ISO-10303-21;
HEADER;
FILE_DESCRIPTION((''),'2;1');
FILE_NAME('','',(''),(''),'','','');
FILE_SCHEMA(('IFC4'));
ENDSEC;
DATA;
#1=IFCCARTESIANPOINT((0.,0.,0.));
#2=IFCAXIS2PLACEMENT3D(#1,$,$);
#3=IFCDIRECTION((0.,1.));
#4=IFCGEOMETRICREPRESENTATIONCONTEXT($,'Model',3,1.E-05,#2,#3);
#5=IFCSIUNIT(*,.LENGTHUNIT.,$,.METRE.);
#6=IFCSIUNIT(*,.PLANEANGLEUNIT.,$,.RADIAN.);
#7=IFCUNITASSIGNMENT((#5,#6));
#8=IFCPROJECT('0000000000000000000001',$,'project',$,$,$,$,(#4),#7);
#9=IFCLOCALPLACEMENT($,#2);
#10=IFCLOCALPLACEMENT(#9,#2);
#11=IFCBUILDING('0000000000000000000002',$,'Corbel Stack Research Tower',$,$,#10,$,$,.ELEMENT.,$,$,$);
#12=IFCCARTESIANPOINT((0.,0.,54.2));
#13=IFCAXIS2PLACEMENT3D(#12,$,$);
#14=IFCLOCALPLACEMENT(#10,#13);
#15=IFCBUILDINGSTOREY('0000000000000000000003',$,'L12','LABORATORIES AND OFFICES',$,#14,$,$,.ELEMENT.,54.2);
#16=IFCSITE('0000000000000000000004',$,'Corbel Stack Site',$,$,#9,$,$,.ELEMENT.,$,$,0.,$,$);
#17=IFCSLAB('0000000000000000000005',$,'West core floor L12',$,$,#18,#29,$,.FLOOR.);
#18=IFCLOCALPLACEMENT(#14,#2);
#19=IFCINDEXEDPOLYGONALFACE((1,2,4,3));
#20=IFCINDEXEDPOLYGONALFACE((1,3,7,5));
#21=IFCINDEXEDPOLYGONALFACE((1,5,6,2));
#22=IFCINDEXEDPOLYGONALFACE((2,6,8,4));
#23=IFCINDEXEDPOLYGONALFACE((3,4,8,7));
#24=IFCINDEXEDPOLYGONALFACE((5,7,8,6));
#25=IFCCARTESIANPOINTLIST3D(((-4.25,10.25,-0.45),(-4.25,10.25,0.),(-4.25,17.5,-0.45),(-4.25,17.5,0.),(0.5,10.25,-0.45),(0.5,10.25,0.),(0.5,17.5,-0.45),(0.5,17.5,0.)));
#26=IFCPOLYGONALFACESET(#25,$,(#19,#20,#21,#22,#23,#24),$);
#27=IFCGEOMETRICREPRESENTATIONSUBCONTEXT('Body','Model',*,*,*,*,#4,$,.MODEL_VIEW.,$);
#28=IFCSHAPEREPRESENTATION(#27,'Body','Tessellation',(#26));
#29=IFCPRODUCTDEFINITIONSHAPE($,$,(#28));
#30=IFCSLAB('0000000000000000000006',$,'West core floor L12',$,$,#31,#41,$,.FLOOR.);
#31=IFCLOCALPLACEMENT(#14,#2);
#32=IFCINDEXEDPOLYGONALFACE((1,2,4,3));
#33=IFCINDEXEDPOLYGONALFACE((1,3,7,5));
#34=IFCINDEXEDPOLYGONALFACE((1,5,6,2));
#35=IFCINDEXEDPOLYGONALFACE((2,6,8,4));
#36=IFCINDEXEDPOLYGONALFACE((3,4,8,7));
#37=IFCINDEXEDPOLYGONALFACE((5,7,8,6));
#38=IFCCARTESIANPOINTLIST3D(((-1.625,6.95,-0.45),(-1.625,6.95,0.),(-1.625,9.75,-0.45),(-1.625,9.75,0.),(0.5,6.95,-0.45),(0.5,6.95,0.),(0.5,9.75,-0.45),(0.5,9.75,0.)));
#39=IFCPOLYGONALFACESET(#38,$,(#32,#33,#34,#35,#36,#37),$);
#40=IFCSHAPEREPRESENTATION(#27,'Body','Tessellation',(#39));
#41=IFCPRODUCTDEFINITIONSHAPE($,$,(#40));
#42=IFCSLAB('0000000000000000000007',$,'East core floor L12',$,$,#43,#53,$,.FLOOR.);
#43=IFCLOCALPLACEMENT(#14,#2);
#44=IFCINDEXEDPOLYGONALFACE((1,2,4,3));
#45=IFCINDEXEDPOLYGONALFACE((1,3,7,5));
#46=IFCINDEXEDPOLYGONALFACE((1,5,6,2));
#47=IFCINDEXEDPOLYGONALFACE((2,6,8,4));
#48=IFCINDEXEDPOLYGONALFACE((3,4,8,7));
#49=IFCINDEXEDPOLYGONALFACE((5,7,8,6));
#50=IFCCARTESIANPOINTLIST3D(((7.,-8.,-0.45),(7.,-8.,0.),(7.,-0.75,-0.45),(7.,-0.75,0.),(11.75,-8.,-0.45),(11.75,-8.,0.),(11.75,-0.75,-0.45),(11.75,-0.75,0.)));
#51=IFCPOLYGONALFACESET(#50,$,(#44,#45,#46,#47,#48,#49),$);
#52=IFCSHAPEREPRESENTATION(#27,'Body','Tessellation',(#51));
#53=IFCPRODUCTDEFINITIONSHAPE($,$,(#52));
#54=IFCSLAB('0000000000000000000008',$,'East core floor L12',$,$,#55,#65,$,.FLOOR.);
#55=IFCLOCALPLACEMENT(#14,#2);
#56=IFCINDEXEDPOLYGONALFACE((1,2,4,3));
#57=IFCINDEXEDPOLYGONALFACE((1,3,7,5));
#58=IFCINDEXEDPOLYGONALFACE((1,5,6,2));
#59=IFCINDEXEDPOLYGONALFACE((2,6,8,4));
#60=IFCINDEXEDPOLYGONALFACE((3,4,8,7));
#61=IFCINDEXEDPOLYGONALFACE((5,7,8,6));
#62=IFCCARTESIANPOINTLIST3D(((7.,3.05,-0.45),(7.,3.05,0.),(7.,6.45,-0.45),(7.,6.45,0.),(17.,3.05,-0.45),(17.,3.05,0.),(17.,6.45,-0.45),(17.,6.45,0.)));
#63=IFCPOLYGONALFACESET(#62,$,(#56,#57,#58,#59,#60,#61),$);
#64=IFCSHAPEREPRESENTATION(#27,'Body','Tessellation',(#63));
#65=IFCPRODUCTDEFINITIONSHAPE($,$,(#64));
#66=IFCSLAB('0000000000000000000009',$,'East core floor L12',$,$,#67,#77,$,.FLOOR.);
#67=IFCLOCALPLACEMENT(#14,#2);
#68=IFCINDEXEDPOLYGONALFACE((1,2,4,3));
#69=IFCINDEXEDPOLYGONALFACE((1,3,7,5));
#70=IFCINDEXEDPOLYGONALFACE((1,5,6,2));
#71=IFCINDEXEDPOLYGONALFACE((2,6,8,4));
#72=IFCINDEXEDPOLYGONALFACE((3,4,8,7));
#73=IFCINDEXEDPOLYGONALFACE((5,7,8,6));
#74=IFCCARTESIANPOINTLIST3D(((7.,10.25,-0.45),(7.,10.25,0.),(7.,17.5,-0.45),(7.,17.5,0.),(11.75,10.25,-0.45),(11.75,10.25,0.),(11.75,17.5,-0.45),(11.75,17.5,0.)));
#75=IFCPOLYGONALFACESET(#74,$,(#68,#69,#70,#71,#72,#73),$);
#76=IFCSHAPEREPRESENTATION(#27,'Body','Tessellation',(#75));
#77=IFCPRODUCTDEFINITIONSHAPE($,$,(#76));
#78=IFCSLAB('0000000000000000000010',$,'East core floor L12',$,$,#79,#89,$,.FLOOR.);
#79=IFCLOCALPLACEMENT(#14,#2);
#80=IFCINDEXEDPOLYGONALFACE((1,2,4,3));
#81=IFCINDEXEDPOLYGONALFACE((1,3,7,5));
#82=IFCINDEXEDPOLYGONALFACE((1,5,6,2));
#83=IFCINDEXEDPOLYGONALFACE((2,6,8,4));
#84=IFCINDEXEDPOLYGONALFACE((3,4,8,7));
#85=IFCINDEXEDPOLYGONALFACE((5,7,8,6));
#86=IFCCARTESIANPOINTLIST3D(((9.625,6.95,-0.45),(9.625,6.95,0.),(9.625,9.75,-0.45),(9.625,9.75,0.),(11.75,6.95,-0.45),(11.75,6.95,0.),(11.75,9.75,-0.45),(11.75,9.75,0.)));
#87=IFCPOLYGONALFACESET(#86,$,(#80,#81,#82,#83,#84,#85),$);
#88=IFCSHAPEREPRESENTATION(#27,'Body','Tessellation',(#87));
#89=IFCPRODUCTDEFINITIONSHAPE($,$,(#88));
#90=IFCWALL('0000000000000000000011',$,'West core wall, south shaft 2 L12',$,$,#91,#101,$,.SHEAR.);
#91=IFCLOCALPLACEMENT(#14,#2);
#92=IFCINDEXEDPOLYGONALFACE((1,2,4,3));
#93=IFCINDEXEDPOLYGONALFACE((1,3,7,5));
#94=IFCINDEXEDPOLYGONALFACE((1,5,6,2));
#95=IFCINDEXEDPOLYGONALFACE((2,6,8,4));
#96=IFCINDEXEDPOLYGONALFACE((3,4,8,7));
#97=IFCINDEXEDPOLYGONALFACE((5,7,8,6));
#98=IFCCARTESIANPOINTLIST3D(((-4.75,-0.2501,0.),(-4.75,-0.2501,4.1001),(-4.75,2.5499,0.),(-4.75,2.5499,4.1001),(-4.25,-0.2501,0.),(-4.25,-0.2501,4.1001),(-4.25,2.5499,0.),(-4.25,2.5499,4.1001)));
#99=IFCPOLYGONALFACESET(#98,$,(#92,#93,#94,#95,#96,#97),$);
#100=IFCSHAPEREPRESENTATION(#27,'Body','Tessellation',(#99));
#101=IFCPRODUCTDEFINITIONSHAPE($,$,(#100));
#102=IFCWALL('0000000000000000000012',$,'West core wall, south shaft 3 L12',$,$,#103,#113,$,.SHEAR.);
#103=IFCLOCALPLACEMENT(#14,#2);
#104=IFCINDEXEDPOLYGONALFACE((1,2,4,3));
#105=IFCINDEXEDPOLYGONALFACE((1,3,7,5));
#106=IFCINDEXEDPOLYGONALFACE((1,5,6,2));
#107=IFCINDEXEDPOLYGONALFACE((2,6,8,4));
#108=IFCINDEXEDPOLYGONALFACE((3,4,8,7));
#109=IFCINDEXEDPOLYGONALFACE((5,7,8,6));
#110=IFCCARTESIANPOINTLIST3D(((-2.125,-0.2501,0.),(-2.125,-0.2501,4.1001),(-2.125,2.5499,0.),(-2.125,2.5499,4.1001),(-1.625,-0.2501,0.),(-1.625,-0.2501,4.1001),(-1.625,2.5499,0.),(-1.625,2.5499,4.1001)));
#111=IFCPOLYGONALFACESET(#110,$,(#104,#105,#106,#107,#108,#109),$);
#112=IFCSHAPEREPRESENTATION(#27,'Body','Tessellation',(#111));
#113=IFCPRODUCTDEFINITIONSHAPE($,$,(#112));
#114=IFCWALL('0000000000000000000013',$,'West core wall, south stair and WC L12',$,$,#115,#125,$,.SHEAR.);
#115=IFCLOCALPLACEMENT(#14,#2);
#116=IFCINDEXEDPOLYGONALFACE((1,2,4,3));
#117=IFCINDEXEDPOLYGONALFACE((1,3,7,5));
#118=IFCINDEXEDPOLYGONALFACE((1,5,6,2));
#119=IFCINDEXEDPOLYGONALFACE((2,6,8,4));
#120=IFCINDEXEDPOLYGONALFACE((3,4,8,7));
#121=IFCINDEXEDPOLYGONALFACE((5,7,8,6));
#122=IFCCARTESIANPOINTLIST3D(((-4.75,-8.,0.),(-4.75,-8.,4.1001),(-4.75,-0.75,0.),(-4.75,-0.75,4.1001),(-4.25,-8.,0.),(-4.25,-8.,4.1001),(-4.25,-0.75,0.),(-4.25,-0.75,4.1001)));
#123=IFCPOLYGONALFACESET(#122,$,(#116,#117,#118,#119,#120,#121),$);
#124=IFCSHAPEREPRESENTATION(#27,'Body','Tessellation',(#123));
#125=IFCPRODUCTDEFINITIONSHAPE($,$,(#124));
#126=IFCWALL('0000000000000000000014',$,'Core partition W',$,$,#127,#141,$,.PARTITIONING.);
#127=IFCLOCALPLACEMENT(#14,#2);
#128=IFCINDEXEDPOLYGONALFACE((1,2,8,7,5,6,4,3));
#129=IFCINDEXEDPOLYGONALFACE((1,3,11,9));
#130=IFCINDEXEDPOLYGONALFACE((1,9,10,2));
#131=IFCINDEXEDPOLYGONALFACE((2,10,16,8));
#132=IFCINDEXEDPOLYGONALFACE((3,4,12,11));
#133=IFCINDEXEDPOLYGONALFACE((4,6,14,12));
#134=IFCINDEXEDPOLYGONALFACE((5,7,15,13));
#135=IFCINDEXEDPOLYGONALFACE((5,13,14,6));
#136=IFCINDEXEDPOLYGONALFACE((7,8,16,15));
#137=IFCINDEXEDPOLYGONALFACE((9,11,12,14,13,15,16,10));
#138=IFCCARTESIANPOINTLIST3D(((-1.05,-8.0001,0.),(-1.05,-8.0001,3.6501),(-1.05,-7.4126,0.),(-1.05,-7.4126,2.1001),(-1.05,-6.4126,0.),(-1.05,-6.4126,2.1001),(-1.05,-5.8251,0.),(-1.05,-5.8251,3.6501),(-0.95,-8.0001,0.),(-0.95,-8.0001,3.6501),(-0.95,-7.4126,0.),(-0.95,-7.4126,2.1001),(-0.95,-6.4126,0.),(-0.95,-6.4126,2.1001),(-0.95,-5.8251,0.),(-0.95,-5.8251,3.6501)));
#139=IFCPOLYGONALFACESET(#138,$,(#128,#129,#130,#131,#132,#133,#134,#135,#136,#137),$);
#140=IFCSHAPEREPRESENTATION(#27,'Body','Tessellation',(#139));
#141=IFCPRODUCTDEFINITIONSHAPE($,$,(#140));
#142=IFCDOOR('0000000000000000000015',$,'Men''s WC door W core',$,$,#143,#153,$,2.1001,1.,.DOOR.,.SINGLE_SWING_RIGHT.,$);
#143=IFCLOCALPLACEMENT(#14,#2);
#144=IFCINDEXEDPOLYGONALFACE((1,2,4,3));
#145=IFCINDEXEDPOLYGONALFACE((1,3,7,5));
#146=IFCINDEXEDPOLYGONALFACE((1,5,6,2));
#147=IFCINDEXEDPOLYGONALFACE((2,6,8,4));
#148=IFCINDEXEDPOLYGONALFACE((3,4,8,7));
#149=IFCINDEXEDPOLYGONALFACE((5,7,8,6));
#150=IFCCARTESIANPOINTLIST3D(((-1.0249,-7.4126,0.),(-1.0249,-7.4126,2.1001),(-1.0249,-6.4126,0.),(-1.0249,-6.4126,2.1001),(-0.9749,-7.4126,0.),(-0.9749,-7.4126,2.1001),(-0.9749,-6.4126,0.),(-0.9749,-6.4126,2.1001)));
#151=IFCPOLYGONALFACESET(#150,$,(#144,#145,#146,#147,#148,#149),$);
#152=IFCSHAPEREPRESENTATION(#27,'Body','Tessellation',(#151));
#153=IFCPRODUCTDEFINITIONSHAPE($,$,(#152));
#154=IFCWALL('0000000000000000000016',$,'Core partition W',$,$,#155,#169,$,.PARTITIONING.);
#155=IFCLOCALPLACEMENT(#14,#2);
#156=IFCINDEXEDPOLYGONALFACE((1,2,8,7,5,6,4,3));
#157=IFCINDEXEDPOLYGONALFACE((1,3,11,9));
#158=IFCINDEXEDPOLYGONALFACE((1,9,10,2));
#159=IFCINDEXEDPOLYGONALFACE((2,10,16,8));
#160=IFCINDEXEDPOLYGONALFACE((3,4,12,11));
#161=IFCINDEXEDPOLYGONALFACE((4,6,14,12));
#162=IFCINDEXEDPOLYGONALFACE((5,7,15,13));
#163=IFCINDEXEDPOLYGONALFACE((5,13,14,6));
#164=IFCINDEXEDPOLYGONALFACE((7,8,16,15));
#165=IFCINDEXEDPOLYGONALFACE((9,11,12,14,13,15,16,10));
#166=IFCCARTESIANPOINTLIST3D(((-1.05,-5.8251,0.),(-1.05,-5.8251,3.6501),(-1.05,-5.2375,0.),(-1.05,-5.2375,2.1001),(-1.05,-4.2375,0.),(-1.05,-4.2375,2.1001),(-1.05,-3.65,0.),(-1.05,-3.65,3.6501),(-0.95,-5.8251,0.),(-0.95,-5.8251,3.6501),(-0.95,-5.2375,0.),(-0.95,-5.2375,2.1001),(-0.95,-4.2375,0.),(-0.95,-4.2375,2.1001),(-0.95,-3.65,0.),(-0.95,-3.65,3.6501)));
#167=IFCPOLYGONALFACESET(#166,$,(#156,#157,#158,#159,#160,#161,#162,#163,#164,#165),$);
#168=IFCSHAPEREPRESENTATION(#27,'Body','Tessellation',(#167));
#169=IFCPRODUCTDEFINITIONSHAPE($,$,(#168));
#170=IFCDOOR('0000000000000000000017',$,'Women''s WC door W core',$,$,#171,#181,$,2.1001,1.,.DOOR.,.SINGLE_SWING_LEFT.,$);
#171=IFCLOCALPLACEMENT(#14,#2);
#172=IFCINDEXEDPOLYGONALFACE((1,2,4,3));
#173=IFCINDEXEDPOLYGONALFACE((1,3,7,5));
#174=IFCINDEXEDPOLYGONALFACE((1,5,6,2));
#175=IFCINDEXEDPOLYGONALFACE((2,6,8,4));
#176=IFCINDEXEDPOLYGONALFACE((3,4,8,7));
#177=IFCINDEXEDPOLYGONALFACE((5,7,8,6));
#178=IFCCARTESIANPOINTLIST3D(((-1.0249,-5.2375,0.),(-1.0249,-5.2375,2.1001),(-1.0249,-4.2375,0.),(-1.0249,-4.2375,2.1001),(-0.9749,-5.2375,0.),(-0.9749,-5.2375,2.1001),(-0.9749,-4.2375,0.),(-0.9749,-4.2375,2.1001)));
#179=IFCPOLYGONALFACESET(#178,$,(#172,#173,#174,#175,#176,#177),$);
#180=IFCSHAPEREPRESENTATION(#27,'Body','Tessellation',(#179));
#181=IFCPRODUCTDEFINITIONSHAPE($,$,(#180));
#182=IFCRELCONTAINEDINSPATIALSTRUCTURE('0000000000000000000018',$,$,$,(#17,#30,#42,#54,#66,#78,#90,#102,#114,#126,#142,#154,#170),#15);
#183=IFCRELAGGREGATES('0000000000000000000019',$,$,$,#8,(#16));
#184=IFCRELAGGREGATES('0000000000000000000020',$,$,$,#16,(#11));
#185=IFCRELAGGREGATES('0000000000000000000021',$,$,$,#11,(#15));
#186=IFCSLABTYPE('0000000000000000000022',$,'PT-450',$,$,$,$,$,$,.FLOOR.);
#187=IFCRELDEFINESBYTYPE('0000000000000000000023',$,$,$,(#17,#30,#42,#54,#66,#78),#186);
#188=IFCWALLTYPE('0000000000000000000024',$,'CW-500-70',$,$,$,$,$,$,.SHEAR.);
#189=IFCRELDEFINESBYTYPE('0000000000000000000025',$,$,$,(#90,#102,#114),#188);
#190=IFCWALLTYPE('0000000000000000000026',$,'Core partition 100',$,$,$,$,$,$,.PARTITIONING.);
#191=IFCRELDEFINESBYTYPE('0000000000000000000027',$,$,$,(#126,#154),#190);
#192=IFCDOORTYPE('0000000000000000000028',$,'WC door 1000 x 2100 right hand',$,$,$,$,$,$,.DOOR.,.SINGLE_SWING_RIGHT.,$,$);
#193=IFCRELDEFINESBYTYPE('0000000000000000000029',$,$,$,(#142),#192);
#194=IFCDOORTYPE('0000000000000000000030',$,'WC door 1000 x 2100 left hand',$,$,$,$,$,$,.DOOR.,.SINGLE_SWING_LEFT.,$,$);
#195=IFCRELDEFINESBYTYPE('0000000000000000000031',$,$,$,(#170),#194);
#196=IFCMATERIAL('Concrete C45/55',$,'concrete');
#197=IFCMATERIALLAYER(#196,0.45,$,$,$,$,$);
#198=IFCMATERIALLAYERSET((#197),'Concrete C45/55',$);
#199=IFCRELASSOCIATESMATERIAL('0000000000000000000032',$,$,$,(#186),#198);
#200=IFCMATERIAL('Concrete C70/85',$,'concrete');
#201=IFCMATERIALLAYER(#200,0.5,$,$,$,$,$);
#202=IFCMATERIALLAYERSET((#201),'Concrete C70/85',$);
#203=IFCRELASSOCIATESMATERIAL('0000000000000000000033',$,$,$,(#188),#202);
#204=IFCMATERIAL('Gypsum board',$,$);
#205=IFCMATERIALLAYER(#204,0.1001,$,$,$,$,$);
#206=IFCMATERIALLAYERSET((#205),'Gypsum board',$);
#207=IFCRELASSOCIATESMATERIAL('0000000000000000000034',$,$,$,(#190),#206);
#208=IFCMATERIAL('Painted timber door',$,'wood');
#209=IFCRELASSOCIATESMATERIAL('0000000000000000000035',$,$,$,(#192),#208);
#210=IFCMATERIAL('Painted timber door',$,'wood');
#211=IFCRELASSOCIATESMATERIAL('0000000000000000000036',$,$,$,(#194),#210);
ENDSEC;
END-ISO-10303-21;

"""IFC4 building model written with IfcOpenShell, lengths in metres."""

from ifc_helpers import new_model, si_unit, direction, frame, frame_2d, origin, place, context, subcontext, project, spatial, polyline, rectangle, outline, extrude, material, layer, layer_set, type_object, element, fill, save


model = new_model("IFC4")

# Units and contexts
model_context = context("Model", 3, precision=1e-05, world=origin(), true_north=direction((0.0, 1.0)))
body_context = subcontext(model_context, "Body", "Model", "MODEL_VIEW")
ifc_project = project(units=[si_unit("LENGTHUNIT", "METRE"), si_unit("PLANEANGLEUNIT", "RADIAN")], contexts=[model_context])

# Site, building, storey
site_placement = place(None, origin())
site = spatial("IfcSite", under=ifc_project, at=site_placement, Name="Corbel Stack Site", CompositionType="ELEMENT", RefElevation=0.0)
building_placement = place(site_placement, origin())
building = spatial("IfcBuilding", under=site, at=building_placement, Name="Corbel Stack Research Tower", CompositionType="ELEMENT")
storey_placement = place(building_placement, frame((0.0, 0.0, 54.2)))
storey = spatial("IfcBuildingStorey", under=building, at=storey_placement, Name="L12", Description="LABORATORIES AND OFFICES", CompositionType="ELEMENT", Elevation=54.2)

# Slabs
ifc_material_1 = material(Name="Concrete C45/55", Category="concrete")
ifc_layer_1 = layer(ifc_material_1, 0.45)
ifc_layer_set_1 = layer_set([ifc_layer_1], Name="Concrete C45/55")
slab_type = type_object("IfcSlabType", Name="PT-450", PredefinedType="FLOOR", material=ifc_layer_set_1)
slab_1_placement = place(storey_placement, frame((0.0, 0.0, -0.45)))
element("IfcSlab", 1, at=slab_1_placement, inside=storey, type_object=slab_type, Name="West core floor L12", PredefinedType="FLOOR", context=body_context, shape_type="SweptSolid", body=[
    extrude(outline(polyline([(-4.25, 17.5), (-4.25, 10.25), (0.5, 10.25), (0.5, 17.5), (-4.25, 17.5)])), origin(), (0.0, 0.0, 1.0), 0.45),
])
slab_2_placement = place(storey_placement, frame((0.0, 0.0, -0.45)))
element("IfcSlab", 2, at=slab_2_placement, inside=storey, type_object=slab_type, Name="West core floor L12", PredefinedType="FLOOR", context=body_context, shape_type="SweptSolid", body=[
    extrude(outline(polyline([(0.5, 6.95), (0.5, 9.75), (-1.625, 9.75), (-1.625, 6.95), (0.5, 6.95)])), origin(), (0.0, 0.0, 1.0), 0.45),
])
slab_3_placement = place(storey_placement, frame((0.0, 0.0, -0.45)))
element("IfcSlab", 3, at=slab_3_placement, inside=storey, type_object=slab_type, Name="East core floor L12", PredefinedType="FLOOR", context=body_context, shape_type="SweptSolid", body=[
    extrude(outline(polyline([(7.0, -0.75), (7.0, -8.0), (11.75, -8.0), (11.75, -0.75), (7.0, -0.75)])), origin(), (0.0, 0.0, 1.0), 0.45),
])
slab_4_placement = place(storey_placement, frame((0.0, 0.0, -0.45)))
element("IfcSlab", 4, at=slab_4_placement, inside=storey, type_object=slab_type, Name="East core floor L12", PredefinedType="FLOOR", context=body_context, shape_type="SweptSolid", body=[
    extrude(outline(polyline([(7.0, 6.45), (7.0, 3.05), (17.0, 3.05), (17.0, 6.45), (7.0, 6.45)])), origin(), (0.0, 0.0, 1.0), 0.45),
])
slab_5_placement = place(storey_placement, frame((0.0, 0.0, -0.45)))
element("IfcSlab", 5, at=slab_5_placement, inside=storey, type_object=slab_type, Name="East core floor L12", PredefinedType="FLOOR", context=body_context, shape_type="SweptSolid", body=[
    extrude(outline(polyline([(7.0, 17.5), (7.0, 10.25), (11.75, 10.25), (11.75, 17.5), (7.0, 17.5)])), origin(), (0.0, 0.0, 1.0), 0.45),
])
slab_6_placement = place(storey_placement, frame((0.0, 0.0, -0.45)))
element("IfcSlab", 6, at=slab_6_placement, inside=storey, type_object=slab_type, Name="East core floor L12", PredefinedType="FLOOR", context=body_context, shape_type="SweptSolid", body=[
    extrude(outline(polyline([(9.625, 6.95), (11.75, 6.95), (11.75, 9.75), (9.625, 9.75), (9.625, 6.95)])), origin(), (0.0, 0.0, 1.0), 0.45),
])

# Walls
ifc_material_2 = material(Name="Concrete C70/85", Category="concrete")
ifc_layer_2 = layer(ifc_material_2, 0.5)
ifc_layer_set_2 = layer_set([ifc_layer_2], Name="Concrete C70/85")
wall_type_1 = type_object("IfcWallType", Name="CW-500-70", PredefinedType="SHEAR", material=ifc_layer_set_2)
for number, where, z_axis, x_axis, name in (
    (7, (-4.5, -0.25, 0.0), (0.0, 0.0, 1.0), (0.0, 1.0, 0.0), "West core wall, south shaft 2 L12"),
    (8, (-1.875, -0.25, 0.0), (0.0, 0.0, 1.0), (0.0, 1.0, 0.0), "West core wall, south shaft 3 L12"),
):
    element("IfcWall", number, at=place(storey_placement, frame(where, z_axis=z_axis, x_axis=x_axis)), inside=storey, type_object=wall_type_1, Name=name, PredefinedType="SHEAR", context=body_context, shape_type="SweptSolid", body=[
        extrude(rectangle(XDim=2.8, YDim=0.5, at=frame_2d((1.3999, 0.0))), origin(), (0.0, 0.0, 1.0), 4.1001),
    ])
wall_1_placement = place(storey_placement, frame((-4.5, -8.0, 0.0), z_axis=(0.0, 0.0, 1.0), x_axis=(0.0, 1.0, 0.0)))
element("IfcWall", 9, at=wall_1_placement, inside=storey, type_object=wall_type_1, Name="West core wall, south stair and WC L12", PredefinedType="SHEAR", context=body_context, shape_type="SweptSolid", body=[
    extrude(rectangle(XDim=7.25, YDim=0.5, at=frame_2d((3.625, 0.0))), origin(), (0.0, 0.0, 1.0), 4.1001),
])

# Walls, openings, doors
ifc_material_3 = material(Name="Gypsum board")
ifc_layer_3 = layer(ifc_material_3, 0.1001)
ifc_layer_set_3 = layer_set([ifc_layer_3], Name="Gypsum board")
wall_type_2 = type_object("IfcWallType", Name="Core partition 100", PredefinedType="PARTITIONING", material=ifc_layer_set_3)
wall_2_placement = place(storey_placement, frame((-1.0, -8.0, 0.0), z_axis=(0.0, 0.0, 1.0), x_axis=(0.0, 1.0, 0.0)))
wall_2 = element("IfcWall", 10, at=wall_2_placement, inside=storey, type_object=wall_type_2, Name="Core partition W", PredefinedType="PARTITIONING", context=body_context, shape_type="SweptSolid", body=[
    extrude(rectangle(XDim=2.175, YDim=0.1001, at=frame_2d((1.0874, 0.0))), origin(), (0.0, 0.0, 1.0), 3.6501),
])
opening_1_placement = place(wall_2_placement, frame((0.5874, 0.0, 0.0)))
opening_1 = element("IfcOpeningElement", 11, at=opening_1_placement, cuts=wall_2, PredefinedType="OPENING", context=body_context, shape_type="SweptSolid", body=[
    extrude(rectangle(XDim=1.0, YDim=2.1001, at=frame_2d((0.5, 1.05))), frame((0.0, 0.0601, 0.0), z_axis=(0.0, -1.0, 0.0), x_axis=(1.0, 0.0, 0.0)), (0.0, 0.0, 1.0), 0.1201),
])
ifc_material_4 = material(Name="Painted timber door", Category="wood")
door_type_1 = type_object("IfcDoorType", Name="WC door 1000 x 2100 right hand", OperationType="SINGLE_SWING_RIGHT", PredefinedType="DOOR", material=ifc_material_4)
door_1_placement = place(opening_1_placement, origin())
door_1 = element("IfcDoor", 12, at=door_1_placement, inside=storey, type_object=door_type_1, Name="Men's WC door W core", OperationType="SINGLE_SWING_RIGHT", OverallHeight=2.1001, OverallWidth=1.0, PredefinedType="DOOR", context=body_context, shape_type="SweptSolid", body=[
    extrude(rectangle(XDim=1.0, YDim=2.1001, at=frame_2d((0.5, 1.05))), frame((0.0, 0.0249, 0.0), z_axis=(0.0, -1.0, 0.0), x_axis=(1.0, 0.0, 0.0)), (0.0, 0.0, 1.0), 0.05),
])
fill(opening_1, door_1)
wall_3_placement = place(storey_placement, frame((-1.0, -5.825, 0.0), z_axis=(0.0, 0.0, 1.0), x_axis=(0.0, 1.0, 0.0)))
wall_3 = element("IfcWall", 13, at=wall_3_placement, inside=storey, type_object=wall_type_2, Name="Core partition W", PredefinedType="PARTITIONING", context=body_context, shape_type="SweptSolid", body=[
    extrude(rectangle(XDim=2.175, YDim=0.1001, at=frame_2d((1.0874, 0.0))), origin(), (0.0, 0.0, 1.0), 3.6501),
])
opening_2_placement = place(wall_3_placement, frame((0.5874, 0.0, 0.0)))
opening_2 = element("IfcOpeningElement", 14, at=opening_2_placement, cuts=wall_3, PredefinedType="OPENING", context=body_context, shape_type="SweptSolid", body=[
    extrude(rectangle(XDim=1.0, YDim=2.1001, at=frame_2d((0.5, 1.05))), frame((0.0, 0.0601, 0.0), z_axis=(0.0, -1.0, 0.0), x_axis=(1.0, 0.0, 0.0)), (0.0, 0.0, 1.0), 0.1201),
])
ifc_material_5 = material(Name="Painted timber door", Category="wood")
door_type_2 = type_object("IfcDoorType", Name="WC door 1000 x 2100 left hand", OperationType="SINGLE_SWING_LEFT", PredefinedType="DOOR", material=ifc_material_5)
door_2_placement = place(opening_2_placement, origin())
door_2 = element("IfcDoor", 15, at=door_2_placement, inside=storey, type_object=door_type_2, Name="Women's WC door W core", OperationType="SINGLE_SWING_LEFT", OverallHeight=2.1001, OverallWidth=1.0, PredefinedType="DOOR", context=body_context, shape_type="SweptSolid", body=[
    extrude(rectangle(XDim=1.0, YDim=2.1001, at=frame_2d((0.5, 1.05))), frame((0.0, 0.0249, 0.0), z_axis=(0.0, -1.0, 0.0), x_axis=(1.0, 0.0, 0.0)), (0.0, 0.0, 1.0), 0.05),
])
fill(opening_2, door_2)

save(model, "model.ifc")
